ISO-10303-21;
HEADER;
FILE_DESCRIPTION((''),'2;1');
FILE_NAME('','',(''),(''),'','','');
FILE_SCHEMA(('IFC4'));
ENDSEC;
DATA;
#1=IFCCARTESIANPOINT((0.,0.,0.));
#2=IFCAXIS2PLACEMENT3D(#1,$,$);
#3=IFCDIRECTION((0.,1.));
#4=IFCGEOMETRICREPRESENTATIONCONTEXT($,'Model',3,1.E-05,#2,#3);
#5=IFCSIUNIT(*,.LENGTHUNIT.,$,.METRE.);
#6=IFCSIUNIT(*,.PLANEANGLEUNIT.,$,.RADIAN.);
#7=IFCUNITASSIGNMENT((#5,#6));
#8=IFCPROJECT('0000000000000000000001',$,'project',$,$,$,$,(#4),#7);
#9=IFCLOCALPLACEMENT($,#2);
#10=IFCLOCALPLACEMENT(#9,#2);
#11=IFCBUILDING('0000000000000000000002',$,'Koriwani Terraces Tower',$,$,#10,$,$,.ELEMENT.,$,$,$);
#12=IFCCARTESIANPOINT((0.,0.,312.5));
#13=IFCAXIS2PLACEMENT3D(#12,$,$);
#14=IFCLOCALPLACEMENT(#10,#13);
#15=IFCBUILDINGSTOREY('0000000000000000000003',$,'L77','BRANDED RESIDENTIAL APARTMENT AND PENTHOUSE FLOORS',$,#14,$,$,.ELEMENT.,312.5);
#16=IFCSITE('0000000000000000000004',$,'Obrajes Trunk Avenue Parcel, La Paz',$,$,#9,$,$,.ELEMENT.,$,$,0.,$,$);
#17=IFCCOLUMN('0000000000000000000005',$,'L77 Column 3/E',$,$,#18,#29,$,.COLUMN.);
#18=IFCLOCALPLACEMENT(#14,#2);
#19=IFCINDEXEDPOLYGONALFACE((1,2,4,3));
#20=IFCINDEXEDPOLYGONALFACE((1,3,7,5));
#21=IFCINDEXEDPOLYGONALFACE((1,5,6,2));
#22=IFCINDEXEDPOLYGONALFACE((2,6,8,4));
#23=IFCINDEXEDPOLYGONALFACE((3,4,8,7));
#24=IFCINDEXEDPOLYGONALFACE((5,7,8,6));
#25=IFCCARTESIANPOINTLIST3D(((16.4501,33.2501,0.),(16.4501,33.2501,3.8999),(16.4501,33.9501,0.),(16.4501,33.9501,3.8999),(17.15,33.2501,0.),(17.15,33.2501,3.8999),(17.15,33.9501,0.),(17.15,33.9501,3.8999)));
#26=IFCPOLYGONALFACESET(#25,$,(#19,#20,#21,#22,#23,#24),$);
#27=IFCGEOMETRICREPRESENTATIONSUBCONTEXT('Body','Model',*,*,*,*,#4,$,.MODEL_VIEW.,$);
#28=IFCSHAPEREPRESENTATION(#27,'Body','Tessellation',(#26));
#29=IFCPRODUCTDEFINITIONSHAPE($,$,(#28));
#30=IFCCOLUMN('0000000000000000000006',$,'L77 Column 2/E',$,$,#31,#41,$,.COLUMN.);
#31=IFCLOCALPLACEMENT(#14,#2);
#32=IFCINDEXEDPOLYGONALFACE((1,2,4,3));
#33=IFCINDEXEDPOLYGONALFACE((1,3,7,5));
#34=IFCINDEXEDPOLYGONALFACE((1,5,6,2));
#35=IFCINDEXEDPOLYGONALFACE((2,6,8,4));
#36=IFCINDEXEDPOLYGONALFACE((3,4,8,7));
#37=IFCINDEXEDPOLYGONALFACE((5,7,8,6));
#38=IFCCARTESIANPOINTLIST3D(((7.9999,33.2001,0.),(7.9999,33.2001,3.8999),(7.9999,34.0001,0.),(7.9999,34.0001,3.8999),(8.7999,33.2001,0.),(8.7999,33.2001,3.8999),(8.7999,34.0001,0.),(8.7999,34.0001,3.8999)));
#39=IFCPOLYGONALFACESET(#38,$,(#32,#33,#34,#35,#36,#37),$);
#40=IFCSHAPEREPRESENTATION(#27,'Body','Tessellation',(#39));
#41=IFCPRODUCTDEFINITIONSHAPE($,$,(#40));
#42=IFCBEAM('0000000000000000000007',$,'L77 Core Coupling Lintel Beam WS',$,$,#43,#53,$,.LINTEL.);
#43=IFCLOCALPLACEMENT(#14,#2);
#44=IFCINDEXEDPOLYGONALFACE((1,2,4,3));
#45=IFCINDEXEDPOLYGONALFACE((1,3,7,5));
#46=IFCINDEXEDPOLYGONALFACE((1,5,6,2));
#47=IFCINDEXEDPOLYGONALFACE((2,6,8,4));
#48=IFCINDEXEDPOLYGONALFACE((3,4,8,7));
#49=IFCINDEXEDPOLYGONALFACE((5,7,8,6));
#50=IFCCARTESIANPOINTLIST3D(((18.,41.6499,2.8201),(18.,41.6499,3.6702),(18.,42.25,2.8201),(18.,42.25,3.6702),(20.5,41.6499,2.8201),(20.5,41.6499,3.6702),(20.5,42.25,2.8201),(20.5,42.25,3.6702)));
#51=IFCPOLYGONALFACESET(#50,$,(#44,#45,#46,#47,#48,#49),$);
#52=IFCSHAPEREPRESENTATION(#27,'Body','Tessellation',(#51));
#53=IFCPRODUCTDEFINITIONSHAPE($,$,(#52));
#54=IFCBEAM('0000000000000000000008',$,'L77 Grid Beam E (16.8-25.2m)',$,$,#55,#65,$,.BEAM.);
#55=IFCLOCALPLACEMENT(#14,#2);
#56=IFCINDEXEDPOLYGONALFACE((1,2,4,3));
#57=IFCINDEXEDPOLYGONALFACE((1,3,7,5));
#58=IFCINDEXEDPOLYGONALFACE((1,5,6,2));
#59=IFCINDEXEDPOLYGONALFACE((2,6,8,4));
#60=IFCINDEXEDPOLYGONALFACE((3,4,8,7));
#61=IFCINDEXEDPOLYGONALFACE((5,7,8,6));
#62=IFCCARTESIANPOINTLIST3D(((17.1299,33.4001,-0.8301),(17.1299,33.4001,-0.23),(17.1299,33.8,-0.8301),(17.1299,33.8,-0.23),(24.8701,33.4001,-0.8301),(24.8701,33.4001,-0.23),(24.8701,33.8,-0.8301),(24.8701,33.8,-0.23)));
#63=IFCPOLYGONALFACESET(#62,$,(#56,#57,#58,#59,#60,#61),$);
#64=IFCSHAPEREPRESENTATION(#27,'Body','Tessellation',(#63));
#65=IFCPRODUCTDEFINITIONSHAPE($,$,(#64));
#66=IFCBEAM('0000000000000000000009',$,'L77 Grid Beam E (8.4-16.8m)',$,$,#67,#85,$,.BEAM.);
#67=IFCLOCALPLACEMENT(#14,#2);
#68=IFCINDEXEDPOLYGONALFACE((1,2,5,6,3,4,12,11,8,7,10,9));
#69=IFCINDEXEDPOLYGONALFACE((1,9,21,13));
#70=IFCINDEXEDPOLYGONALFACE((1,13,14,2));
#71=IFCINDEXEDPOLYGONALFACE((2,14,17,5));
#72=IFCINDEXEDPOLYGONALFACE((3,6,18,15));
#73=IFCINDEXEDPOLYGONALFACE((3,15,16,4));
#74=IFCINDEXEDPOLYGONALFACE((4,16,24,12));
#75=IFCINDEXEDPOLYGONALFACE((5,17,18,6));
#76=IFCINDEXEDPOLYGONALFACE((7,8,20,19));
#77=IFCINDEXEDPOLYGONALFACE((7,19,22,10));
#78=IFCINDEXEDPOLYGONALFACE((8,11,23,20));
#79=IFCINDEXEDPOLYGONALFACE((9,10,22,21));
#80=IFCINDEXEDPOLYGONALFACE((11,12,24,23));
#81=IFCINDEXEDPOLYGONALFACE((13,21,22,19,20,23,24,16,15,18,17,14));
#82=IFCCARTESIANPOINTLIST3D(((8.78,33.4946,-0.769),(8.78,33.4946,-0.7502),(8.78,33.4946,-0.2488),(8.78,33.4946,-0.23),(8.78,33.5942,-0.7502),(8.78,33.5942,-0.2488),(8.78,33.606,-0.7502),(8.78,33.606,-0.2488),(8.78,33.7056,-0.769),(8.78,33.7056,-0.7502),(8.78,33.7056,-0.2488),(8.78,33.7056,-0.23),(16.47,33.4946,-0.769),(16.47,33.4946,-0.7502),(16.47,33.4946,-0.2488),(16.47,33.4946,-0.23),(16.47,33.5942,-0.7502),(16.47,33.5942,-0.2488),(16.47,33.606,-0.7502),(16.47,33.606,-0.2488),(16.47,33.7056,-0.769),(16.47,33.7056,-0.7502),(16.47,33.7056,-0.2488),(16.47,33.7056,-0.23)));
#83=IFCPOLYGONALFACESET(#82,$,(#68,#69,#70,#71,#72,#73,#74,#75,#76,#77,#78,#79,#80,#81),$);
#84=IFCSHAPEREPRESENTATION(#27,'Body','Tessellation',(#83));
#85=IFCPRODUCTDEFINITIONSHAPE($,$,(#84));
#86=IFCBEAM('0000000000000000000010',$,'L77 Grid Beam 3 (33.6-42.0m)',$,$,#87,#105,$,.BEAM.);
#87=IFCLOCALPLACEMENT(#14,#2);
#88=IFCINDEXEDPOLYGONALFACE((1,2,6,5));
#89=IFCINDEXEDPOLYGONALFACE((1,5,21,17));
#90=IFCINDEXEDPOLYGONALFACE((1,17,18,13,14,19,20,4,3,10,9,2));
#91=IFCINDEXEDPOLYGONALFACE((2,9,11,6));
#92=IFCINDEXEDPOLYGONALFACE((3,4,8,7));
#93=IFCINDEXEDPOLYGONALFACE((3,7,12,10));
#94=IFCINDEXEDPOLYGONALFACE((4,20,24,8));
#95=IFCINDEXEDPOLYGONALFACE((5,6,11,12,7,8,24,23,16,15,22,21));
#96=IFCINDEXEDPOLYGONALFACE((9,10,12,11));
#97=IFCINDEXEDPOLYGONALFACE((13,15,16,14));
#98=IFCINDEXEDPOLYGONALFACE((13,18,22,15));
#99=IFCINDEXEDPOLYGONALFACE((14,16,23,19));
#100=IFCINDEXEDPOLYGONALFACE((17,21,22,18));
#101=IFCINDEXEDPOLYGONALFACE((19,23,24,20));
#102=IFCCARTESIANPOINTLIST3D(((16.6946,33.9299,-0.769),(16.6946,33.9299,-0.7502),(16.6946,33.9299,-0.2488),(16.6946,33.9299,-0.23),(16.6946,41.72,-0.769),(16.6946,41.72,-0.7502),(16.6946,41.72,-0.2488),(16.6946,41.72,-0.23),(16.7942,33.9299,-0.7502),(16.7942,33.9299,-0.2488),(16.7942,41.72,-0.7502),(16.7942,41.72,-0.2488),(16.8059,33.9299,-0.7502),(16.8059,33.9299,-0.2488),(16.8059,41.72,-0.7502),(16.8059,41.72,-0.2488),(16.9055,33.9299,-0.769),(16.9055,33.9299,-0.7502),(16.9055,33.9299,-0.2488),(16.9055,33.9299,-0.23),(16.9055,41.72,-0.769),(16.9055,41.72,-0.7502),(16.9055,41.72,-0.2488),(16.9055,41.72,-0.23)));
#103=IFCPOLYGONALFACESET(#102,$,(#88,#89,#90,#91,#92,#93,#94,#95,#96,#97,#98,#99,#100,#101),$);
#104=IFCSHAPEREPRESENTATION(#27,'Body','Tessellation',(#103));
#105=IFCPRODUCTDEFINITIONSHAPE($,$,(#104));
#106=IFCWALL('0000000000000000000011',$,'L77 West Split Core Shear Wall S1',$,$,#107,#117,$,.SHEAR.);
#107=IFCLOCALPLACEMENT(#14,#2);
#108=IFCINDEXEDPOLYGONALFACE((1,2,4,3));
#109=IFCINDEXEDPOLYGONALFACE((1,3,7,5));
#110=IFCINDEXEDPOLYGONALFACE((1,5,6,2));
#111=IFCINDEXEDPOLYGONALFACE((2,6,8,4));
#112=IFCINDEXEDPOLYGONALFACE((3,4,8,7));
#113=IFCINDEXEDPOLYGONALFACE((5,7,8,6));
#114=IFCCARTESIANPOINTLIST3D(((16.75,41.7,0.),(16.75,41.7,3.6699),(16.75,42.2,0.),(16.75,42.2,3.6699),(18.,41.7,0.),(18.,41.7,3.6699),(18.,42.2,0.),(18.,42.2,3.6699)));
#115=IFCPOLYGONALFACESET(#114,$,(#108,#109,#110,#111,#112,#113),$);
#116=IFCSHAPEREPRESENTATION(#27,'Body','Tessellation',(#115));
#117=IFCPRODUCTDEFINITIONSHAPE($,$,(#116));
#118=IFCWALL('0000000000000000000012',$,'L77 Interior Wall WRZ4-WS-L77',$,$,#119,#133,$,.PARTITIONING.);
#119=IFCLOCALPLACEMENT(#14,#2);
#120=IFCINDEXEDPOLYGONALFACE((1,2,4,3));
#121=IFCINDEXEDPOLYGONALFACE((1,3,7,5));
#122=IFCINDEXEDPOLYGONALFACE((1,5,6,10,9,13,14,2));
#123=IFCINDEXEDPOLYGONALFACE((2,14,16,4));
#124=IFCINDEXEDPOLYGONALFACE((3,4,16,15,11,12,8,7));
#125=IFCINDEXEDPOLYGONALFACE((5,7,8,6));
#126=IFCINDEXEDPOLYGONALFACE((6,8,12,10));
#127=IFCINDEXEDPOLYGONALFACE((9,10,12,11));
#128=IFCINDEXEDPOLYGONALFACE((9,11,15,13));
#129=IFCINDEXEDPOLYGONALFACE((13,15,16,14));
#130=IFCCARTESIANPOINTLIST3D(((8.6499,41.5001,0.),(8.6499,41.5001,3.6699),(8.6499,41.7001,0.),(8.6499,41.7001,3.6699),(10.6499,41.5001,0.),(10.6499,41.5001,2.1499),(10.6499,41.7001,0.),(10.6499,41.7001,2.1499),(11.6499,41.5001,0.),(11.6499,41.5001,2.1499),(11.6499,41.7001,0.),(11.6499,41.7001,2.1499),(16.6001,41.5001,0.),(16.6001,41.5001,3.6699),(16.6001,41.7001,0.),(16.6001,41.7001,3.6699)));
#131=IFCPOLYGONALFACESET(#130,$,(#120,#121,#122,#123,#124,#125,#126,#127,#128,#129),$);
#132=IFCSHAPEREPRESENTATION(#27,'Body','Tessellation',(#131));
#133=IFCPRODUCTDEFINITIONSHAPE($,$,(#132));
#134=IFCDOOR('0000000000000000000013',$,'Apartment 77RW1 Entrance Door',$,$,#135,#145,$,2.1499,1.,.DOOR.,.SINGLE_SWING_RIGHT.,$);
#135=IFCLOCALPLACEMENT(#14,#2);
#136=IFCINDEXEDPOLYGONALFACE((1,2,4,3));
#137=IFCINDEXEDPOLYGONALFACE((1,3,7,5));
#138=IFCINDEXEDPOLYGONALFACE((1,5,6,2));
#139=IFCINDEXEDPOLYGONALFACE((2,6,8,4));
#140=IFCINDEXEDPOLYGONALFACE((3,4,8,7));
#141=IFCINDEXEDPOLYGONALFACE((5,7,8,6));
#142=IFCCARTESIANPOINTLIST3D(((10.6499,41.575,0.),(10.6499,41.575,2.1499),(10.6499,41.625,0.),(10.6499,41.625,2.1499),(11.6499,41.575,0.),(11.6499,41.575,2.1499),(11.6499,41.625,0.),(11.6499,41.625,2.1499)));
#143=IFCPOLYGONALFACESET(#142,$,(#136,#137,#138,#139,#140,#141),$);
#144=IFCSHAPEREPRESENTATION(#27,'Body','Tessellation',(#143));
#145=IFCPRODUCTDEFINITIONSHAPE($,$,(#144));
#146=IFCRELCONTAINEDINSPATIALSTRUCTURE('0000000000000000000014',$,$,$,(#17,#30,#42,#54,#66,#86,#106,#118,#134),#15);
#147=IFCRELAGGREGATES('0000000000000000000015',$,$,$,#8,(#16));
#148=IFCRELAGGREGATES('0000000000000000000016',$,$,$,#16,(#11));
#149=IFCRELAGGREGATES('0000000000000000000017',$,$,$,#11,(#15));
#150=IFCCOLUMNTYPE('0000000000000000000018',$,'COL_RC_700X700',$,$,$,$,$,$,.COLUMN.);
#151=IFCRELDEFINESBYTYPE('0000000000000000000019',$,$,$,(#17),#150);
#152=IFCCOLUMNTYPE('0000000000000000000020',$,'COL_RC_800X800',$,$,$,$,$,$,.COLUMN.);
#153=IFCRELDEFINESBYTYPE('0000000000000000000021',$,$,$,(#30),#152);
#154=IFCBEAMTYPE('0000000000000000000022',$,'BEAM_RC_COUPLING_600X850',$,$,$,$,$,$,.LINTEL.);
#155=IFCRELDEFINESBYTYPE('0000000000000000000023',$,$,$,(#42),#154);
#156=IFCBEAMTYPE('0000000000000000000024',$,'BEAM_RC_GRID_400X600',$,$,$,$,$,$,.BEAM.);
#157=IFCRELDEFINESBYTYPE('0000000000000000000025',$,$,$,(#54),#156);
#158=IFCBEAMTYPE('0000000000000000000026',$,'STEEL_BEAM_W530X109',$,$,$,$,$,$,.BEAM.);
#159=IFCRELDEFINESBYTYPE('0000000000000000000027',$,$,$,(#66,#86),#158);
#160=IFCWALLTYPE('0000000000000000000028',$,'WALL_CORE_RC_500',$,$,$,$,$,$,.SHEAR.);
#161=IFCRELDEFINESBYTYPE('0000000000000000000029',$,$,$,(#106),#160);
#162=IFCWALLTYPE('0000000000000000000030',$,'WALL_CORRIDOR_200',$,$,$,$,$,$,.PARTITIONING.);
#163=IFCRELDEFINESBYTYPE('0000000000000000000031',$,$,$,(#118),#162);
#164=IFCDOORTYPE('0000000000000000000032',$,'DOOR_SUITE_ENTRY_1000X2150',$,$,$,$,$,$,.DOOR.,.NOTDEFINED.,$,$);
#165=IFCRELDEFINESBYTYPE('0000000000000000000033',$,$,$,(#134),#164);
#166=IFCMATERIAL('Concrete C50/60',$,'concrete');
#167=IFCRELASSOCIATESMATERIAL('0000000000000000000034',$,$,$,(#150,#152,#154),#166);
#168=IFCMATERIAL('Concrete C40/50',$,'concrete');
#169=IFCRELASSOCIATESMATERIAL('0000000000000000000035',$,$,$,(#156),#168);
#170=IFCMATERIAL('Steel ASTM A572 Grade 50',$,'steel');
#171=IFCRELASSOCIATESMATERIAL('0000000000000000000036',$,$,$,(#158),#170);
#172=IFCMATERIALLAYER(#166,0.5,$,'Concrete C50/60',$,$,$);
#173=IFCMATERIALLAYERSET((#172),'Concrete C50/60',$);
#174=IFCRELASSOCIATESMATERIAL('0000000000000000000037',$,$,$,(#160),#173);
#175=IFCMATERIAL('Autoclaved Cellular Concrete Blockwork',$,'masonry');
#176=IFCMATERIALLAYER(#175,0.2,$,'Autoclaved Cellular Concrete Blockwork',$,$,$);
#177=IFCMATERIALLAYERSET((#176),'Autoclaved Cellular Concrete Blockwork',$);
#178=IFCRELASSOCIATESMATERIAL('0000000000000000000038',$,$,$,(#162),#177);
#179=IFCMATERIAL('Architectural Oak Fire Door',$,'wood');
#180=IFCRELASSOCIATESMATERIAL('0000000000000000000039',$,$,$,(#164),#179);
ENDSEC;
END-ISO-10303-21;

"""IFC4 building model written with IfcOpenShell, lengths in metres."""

from ifc_helpers import new_model, si_unit, direction, frame, frame_2d, origin, origin_2d, place, context, subcontext, project, spatial, rectangle, i_section, extrude, material, layer, layer_set, material_profile, profile_set, type_object, element, fill, save


model = new_model("IFC4")

# Units and contexts
model_context = context("Model", 3, precision=1e-05, world=origin(), true_north=direction((0.0, 1.0)))
body_context = subcontext(model_context, "Body", "Model", "MODEL_VIEW")
ifc_project = project(units=[si_unit("LENGTHUNIT", "METRE"), si_unit("PLANEANGLEUNIT", "RADIAN")], contexts=[model_context])

# Site, building, storey
site_placement = place(None, origin())
site = spatial("IfcSite", under=ifc_project, at=site_placement, Name="Obrajes Trunk Avenue Parcel, La Paz", CompositionType="ELEMENT", RefElevation=0.0)
building_placement = place(site_placement, origin())
building = spatial("IfcBuilding", under=site, at=building_placement, Name="Koriwani Terraces Tower", CompositionType="ELEMENT")
storey_placement = place(building_placement, frame((0.0, 0.0, 312.5)))
storey = spatial("IfcBuildingStorey", under=building, at=storey_placement, Name="L77", Description="BRANDED RESIDENTIAL APARTMENT AND PENTHOUSE FLOORS", CompositionType="ELEMENT", Elevation=312.5)

# Columns
ifc_material_1 = material(Name="Concrete C50/60", Category="concrete")
ifc_material_profile_1 = material_profile(ifc_material_1, rectangle(XDim=0.7, YDim=0.7, at=origin_2d()), Name="Concrete C50/60", Category="LoadBearing")
ifc_profile_set_1 = profile_set([ifc_material_profile_1], Name="Concrete C50/60")
column_type_1 = type_object("IfcColumnType", Name="COL_RC_700X700", PredefinedType="COLUMN", material=ifc_profile_set_1)
column_1_placement = place(storey_placement, frame((16.8, 33.6001, 0.0), z_axis=(0.0, 0.0, 1.0), x_axis=(1.0, 0.0, 0.0)))
element("IfcColumn", 1, at=column_1_placement, inside=storey, type_object=column_type_1, Name="L77 Column 3/E", PredefinedType="COLUMN", context=body_context, shape_type="SweptSolid", body=[
    extrude(rectangle(XDim=0.7, YDim=0.7, at=origin_2d()), origin(), (0.0, 0.0, 1.0), 3.8999),
])
ifc_material_profile_2 = material_profile(ifc_material_1, rectangle(XDim=0.8, YDim=0.8, at=origin_2d()), Name="Concrete C50/60", Category="LoadBearing")
ifc_profile_set_2 = profile_set([ifc_material_profile_2], Name="Concrete C50/60")
column_type_2 = type_object("IfcColumnType", Name="COL_RC_800X800", PredefinedType="COLUMN", material=ifc_profile_set_2)
column_2_placement = place(storey_placement, frame((8.3999, 33.6001, 0.0), z_axis=(0.0, 0.0, 1.0), x_axis=(1.0, 0.0, 0.0)))
element("IfcColumn", 2, at=column_2_placement, inside=storey, type_object=column_type_2, Name="L77 Column 2/E", PredefinedType="COLUMN", context=body_context, shape_type="SweptSolid", body=[
    extrude(rectangle(XDim=0.8, YDim=0.8, at=origin_2d()), origin(), (0.0, 0.0, 1.0), 3.8999),
])

# Beams
ifc_material_profile_3 = material_profile(ifc_material_1, rectangle(XDim=0.6001, YDim=0.8501, at=origin_2d()), Name="Concrete C50/60", Category="LoadBearing")
ifc_profile_set_3 = profile_set([ifc_material_profile_3], Name="Concrete C50/60")
beam_type_1 = type_object("IfcBeamType", Name="BEAM_RC_COUPLING_600X850", PredefinedType="LINTEL", material=ifc_profile_set_3)
beam_1_placement = place(storey_placement, frame((18.0, 41.95, 3.2451), z_axis=(1.0, 0.0, 0.0), x_axis=(0.0, 1.0, 0.0)))
element("IfcBeam", 3, at=beam_1_placement, inside=storey, type_object=beam_type_1, Name="L77 Core Coupling Lintel Beam WS", PredefinedType="LINTEL", context=body_context, shape_type="SweptSolid", body=[
    extrude(rectangle(XDim=0.6001, YDim=0.8501, at=origin_2d()), origin(), (0.0, 0.0, 1.0), 2.5),
])
ifc_material_2 = material(Name="Concrete C40/50", Category="concrete")
ifc_material_profile_4 = material_profile(ifc_material_2, rectangle(XDim=0.3999, YDim=0.6001, at=origin_2d()), Name="Concrete C40/50", Category="LoadBearing")
ifc_profile_set_4 = profile_set([ifc_material_profile_4], Name="Concrete C40/50")
beam_type_2 = type_object("IfcBeamType", Name="BEAM_RC_GRID_400X600", PredefinedType="BEAM", material=ifc_profile_set_4)
beam_2_placement = place(storey_placement, frame((17.1299, 33.6001, -0.53), z_axis=(1.0, 0.0, 0.0), x_axis=(0.0, 1.0, 0.0)))
element("IfcBeam", 4, at=beam_2_placement, inside=storey, type_object=beam_type_2, Name="L77 Grid Beam E (16.8-25.2m)", PredefinedType="BEAM", context=body_context, shape_type="SweptSolid", body=[
    extrude(rectangle(XDim=0.3999, YDim=0.6001, at=origin_2d()), origin(), (0.0, 0.0, 1.0), 7.7402),
])
ifc_material_3 = material(Name="Steel ASTM A572 Grade 50", Category="steel")
ifc_material_profile_5 = material_profile(ifc_material_3, i_section(OverallWidth=0.2109, OverallDepth=0.5391, WebThickness=0.0117, FlangeThickness=0.0188, at=origin_2d()), Name="Steel ASTM A572 Grade 50", Category="LoadBearing")
ifc_profile_set_5 = profile_set([ifc_material_profile_5], Name="Steel ASTM A572 Grade 50")
beam_type_3 = type_object("IfcBeamType", Name="STEEL_BEAM_W530X109", PredefinedType="BEAM", material=ifc_profile_set_5)
beam_3_placement = place(storey_placement, frame((8.78, 33.6001, -0.4995), z_axis=(1.0, 0.0, 0.0), x_axis=(0.0, 1.0, 0.0)))
element("IfcBeam", 5, at=beam_3_placement, inside=storey, type_object=beam_type_3, Name="L77 Grid Beam E (8.4-16.8m)", PredefinedType="BEAM", context=body_context, shape_type="SweptSolid", body=[
    extrude(i_section(OverallWidth=0.2109, OverallDepth=0.5391, WebThickness=0.0117, FlangeThickness=0.0188, at=origin_2d()), origin(), (0.0, 0.0, 1.0), 7.6899),
])
beam_4_placement = place(storey_placement, frame((16.8, 33.9299, -0.4995), z_axis=(0.0, 1.0, 0.0), x_axis=(-1.0, 0.0, 0.0)))
element("IfcBeam", 6, at=beam_4_placement, inside=storey, type_object=beam_type_3, Name="L77 Grid Beam 3 (33.6-42.0m)", PredefinedType="BEAM", context=body_context, shape_type="SweptSolid", body=[
    extrude(i_section(OverallWidth=0.2109, OverallDepth=0.5391, WebThickness=0.0117, FlangeThickness=0.0188, at=origin_2d()), origin(), (0.0, 0.0, 1.0), 7.79),
])

# Wall
ifc_layer_1 = layer(ifc_material_1, 0.5, Name="Concrete C50/60")
ifc_layer_set_1 = layer_set([ifc_layer_1], Name="Concrete C50/60")
wall_type_1 = type_object("IfcWallType", Name="WALL_CORE_RC_500", PredefinedType="SHEAR", material=ifc_layer_set_1)
wall_1_placement = place(storey_placement, frame((16.75, 41.95, 0.0), z_axis=(0.0, 0.0, 1.0), x_axis=(1.0, 0.0, 0.0)))
element("IfcWall", 7, at=wall_1_placement, inside=storey, type_object=wall_type_1, Name="L77 West Split Core Shear Wall S1", PredefinedType="SHEAR", context=body_context, shape_type="SweptSolid", body=[
    extrude(rectangle(XDim=1.25, YDim=0.5, at=frame_2d((0.625, 0.0))), origin(), (0.0, 0.0, 1.0), 3.6699),
])

# Wall, opening, door
ifc_material_4 = material(Name="Autoclaved Cellular Concrete Blockwork", Category="masonry")
ifc_layer_2 = layer(ifc_material_4, 0.2, Name="Autoclaved Cellular Concrete Blockwork")
ifc_layer_set_2 = layer_set([ifc_layer_2], Name="Autoclaved Cellular Concrete Blockwork")
wall_type_2 = type_object("IfcWallType", Name="WALL_CORRIDOR_200", PredefinedType="PARTITIONING", material=ifc_layer_set_2)
wall_2_placement = place(storey_placement, frame((8.6499, 41.6001, 0.0), z_axis=(0.0, 0.0, 1.0), x_axis=(1.0, 0.0, 0.0)))
wall_2 = element("IfcWall", 8, at=wall_2_placement, inside=storey, type_object=wall_type_2, Name="L77 Interior Wall WRZ4-WS-L77", PredefinedType="PARTITIONING", context=body_context, shape_type="SweptSolid", body=[
    extrude(rectangle(XDim=7.9502, YDim=0.2, at=frame_2d((3.9751, 0.0))), origin(), (0.0, 0.0, 1.0), 3.6699),
])
opening_1_placement = place(wall_2_placement, frame((2.0, 0.0, 0.0)))
opening_1 = element("IfcOpeningElement", 9, at=opening_1_placement, cuts=wall_2, PredefinedType="OPENING", context=body_context, shape_type="SweptSolid", body=[
    extrude(rectangle(XDim=1.0, YDim=2.1499, at=frame_2d((0.5, 1.075))), frame((0.0, 0.1099, 0.0), z_axis=(0.0, -1.0, 0.0), x_axis=(1.0, 0.0, 0.0)), (0.0, 0.0, 1.0), 0.22),
])
ifc_material_5 = material(Name="Architectural Oak Fire Door", Category="wood")
door_type_1 = type_object("IfcDoorType", Name="DOOR_SUITE_ENTRY_1000X2150", OperationType="NOTDEFINED", PredefinedType="DOOR", material=ifc_material_5)
door_1_placement = place(opening_1_placement, origin())
door_1 = element("IfcDoor", 10, at=door_1_placement, inside=storey, type_object=door_type_1, Name="Apartment 77RW1 Entrance Door", OperationType="SINGLE_SWING_RIGHT", OverallHeight=2.1499, OverallWidth=1.0, PredefinedType="DOOR", context=body_context, shape_type="SweptSolid", body=[
    extrude(rectangle(XDim=1.0, YDim=2.1499, at=frame_2d((0.5, 1.075))), frame((0.0, 0.0249, 0.0), z_axis=(0.0, -1.0, 0.0), x_axis=(1.0, 0.0, 0.0)), (0.0, 0.0, 1.0), 0.05),
])
fill(opening_1, door_1)

save(model, "model.ifc")
